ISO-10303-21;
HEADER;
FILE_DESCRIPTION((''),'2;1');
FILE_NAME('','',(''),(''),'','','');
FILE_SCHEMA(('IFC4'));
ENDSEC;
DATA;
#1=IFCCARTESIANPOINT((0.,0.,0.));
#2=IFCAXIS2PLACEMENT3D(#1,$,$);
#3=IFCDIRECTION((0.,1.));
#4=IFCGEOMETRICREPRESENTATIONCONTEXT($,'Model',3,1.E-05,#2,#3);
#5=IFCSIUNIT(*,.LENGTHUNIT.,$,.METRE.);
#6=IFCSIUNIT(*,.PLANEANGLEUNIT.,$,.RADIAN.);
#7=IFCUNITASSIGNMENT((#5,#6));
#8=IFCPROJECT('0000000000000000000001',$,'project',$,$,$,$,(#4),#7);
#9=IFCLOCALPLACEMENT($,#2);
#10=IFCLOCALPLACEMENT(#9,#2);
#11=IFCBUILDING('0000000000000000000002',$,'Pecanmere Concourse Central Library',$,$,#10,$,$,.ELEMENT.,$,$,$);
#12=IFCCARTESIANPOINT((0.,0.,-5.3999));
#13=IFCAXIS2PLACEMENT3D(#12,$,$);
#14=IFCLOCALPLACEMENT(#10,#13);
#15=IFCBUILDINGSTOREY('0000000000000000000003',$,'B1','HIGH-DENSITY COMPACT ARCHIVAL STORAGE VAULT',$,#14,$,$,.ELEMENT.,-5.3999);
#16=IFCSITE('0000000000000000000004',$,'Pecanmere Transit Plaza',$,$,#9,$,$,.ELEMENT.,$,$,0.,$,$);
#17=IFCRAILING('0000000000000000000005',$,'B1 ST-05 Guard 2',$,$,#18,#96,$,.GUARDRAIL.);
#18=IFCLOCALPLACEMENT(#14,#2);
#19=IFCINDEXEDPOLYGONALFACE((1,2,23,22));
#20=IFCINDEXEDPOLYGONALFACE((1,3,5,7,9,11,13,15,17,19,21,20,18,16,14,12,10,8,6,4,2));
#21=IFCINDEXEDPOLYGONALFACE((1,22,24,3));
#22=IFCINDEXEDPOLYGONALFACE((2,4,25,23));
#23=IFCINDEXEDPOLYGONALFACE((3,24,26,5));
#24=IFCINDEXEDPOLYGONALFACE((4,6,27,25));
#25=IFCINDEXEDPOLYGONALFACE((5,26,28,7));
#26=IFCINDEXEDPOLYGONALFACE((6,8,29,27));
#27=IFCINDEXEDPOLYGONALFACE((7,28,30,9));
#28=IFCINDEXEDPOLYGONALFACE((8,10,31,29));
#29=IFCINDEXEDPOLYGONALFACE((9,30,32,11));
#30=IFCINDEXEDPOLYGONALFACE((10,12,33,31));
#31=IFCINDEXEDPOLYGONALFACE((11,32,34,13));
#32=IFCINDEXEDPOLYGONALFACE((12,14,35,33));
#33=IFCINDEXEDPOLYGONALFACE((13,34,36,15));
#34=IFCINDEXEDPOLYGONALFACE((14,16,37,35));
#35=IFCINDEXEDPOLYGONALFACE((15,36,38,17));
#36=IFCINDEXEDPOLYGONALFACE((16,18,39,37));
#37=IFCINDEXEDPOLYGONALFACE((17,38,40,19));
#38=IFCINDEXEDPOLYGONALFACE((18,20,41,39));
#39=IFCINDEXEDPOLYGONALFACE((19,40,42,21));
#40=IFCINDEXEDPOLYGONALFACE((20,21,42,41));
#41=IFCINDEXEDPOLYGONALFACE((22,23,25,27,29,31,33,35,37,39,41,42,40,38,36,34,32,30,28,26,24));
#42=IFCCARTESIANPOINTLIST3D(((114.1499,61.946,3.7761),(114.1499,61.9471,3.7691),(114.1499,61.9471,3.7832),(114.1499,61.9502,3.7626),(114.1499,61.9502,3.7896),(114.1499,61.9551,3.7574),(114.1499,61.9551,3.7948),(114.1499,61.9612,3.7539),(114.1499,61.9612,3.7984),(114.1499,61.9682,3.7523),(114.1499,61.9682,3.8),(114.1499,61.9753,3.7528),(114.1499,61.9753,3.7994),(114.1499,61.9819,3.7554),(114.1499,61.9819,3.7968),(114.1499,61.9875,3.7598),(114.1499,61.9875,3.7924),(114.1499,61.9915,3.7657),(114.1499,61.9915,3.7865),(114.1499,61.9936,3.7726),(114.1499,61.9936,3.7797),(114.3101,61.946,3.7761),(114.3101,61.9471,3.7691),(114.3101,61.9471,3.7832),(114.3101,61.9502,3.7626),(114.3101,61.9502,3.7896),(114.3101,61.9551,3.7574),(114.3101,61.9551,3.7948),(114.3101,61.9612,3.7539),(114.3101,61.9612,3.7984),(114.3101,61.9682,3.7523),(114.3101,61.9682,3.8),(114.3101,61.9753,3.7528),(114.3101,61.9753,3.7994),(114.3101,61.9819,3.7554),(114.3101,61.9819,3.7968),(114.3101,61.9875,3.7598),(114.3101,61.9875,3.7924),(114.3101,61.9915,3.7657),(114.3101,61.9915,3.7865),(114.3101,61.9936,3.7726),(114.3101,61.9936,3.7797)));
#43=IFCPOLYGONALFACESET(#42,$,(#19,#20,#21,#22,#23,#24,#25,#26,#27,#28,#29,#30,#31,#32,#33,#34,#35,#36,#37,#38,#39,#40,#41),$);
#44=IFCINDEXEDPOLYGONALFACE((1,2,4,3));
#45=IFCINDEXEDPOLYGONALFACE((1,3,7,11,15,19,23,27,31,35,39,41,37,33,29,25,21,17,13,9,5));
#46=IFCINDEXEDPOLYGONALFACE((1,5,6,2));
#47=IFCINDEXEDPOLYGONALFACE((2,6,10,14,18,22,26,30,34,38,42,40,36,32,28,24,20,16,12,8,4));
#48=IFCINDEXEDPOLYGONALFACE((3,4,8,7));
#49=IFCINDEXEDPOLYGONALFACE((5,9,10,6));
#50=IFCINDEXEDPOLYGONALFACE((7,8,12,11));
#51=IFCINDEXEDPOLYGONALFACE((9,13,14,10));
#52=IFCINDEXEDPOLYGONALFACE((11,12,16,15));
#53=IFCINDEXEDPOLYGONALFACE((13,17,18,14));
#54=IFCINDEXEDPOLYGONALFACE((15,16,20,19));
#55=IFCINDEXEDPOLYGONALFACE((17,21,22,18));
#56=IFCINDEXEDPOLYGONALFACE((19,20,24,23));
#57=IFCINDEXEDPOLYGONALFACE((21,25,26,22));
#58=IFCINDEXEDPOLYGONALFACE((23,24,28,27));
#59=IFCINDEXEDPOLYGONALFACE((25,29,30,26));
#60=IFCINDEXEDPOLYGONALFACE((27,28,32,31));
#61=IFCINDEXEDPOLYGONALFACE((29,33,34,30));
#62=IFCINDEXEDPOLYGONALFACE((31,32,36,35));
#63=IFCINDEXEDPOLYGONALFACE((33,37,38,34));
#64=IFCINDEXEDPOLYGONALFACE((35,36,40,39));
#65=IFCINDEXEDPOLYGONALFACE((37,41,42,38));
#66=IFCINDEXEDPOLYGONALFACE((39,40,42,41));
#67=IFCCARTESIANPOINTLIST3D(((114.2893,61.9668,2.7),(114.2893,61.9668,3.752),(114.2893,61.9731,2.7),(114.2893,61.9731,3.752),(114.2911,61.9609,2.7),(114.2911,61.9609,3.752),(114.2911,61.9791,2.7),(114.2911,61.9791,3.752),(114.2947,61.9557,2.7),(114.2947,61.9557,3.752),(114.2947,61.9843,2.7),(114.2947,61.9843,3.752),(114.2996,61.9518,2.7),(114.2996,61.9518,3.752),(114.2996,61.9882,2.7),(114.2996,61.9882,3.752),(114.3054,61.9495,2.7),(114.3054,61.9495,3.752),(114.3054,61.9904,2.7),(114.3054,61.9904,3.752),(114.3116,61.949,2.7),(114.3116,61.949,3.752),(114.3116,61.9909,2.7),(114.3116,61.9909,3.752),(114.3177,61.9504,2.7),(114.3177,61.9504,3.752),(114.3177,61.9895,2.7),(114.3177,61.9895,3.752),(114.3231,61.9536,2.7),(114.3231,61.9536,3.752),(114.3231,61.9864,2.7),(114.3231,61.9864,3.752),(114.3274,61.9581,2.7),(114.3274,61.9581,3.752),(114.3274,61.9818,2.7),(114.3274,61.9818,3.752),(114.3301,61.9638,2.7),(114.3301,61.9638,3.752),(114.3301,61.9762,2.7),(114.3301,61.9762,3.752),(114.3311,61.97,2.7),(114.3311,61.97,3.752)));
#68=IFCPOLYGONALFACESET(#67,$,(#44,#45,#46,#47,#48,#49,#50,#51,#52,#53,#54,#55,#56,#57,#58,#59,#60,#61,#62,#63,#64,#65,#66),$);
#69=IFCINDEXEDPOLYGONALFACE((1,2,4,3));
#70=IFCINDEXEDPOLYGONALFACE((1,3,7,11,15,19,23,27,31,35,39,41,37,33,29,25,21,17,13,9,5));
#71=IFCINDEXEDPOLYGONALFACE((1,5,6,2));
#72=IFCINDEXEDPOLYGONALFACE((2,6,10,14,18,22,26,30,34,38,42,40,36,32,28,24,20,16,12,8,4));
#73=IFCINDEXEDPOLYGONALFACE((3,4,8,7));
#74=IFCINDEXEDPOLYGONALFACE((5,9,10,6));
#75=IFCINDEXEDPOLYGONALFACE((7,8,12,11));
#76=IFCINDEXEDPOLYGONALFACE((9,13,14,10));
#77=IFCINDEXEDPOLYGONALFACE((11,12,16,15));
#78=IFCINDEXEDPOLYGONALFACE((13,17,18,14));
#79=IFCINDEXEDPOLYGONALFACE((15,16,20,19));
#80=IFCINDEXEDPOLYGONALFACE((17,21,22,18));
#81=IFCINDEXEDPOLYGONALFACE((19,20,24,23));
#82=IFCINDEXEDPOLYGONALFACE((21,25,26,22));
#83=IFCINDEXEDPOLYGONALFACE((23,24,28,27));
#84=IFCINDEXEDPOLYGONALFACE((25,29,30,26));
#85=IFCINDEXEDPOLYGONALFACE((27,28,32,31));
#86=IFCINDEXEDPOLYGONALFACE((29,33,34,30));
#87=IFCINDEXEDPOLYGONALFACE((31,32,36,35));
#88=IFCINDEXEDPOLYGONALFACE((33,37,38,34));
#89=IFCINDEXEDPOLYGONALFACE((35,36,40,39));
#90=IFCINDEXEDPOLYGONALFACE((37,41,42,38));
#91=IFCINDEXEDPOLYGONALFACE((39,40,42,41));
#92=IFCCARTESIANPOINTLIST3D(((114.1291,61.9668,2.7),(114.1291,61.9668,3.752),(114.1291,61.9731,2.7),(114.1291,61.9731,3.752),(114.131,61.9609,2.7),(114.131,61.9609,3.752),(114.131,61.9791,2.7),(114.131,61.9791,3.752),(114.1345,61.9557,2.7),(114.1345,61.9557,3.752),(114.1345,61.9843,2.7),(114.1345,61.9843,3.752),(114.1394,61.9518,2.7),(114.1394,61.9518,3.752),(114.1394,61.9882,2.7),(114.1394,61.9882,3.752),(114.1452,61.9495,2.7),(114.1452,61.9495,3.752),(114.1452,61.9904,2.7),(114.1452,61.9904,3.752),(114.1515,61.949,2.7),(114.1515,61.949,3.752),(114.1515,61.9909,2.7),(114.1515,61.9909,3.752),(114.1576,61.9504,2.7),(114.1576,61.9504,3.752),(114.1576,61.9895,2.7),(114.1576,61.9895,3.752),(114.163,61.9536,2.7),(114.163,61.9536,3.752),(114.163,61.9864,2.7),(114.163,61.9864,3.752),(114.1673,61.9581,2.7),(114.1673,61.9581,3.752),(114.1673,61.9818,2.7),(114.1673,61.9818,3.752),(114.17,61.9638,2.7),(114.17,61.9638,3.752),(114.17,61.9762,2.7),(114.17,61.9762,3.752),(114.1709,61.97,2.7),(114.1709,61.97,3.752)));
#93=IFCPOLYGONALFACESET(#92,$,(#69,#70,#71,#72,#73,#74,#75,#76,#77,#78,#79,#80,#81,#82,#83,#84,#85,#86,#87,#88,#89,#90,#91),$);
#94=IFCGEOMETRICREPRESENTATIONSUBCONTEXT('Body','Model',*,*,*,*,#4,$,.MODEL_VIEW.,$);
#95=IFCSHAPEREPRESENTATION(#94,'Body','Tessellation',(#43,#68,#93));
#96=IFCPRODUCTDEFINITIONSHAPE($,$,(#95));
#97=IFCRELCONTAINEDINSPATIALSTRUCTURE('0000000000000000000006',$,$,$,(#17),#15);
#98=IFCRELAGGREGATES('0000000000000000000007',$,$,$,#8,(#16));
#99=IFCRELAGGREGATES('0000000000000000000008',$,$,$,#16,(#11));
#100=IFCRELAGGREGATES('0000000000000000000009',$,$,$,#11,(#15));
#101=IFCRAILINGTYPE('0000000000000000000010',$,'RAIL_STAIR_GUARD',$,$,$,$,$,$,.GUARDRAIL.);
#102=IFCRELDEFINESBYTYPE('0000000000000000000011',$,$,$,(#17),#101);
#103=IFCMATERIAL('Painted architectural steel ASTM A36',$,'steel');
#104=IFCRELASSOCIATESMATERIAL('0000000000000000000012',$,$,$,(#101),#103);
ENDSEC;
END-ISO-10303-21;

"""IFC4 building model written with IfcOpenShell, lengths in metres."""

from ifc_helpers import new_model, si_unit, direction, frame, origin, origin_2d, place, context, subcontext, project, spatial, circle, extrude, material, type_object, element, save


model = new_model("IFC4")

# Units and contexts
model_context = context("Model", 3, precision=1e-05, world=origin(), true_north=direction((0.0, 1.0)))
body_context = subcontext(model_context, "Body", "Model", "MODEL_VIEW")
ifc_project = project(units=[si_unit("LENGTHUNIT", "METRE"), si_unit("PLANEANGLEUNIT", "RADIAN")], contexts=[model_context])

# Site, building, storey
site_placement = place(None, origin())
site = spatial("IfcSite", under=ifc_project, at=site_placement, Name="Pecanmere Transit Plaza", CompositionType="ELEMENT", RefElevation=0.0)
building_placement = place(site_placement, origin())
building = spatial("IfcBuilding", under=site, at=building_placement, Name="Pecanmere Concourse Central Library", CompositionType="ELEMENT")
storey_placement = place(building_placement, frame((0.0, 0.0, -5.3999)))
storey = spatial("IfcBuildingStorey", under=building, at=storey_placement, Name="B1", Description="HIGH-DENSITY COMPACT ARCHIVAL STORAGE VAULT", CompositionType="ELEMENT", Elevation=-5.3999)

# Railing
ifc_material_1 = material(Name="Painted architectural steel ASTM A36", Category="steel")
railing_type_1 = type_object("IfcRailingType", Name="RAIL_STAIR_GUARD", PredefinedType="GUARDRAIL", material=ifc_material_1)
railing_1_placement = place(storey_placement, frame((114.3101, 61.97, 2.7)))
element("IfcRailing", 1, at=railing_1_placement, inside=storey, type_object=railing_type_1, Name="B1 ST-05 Guard 2", PredefinedType="GUARDRAIL", context=body_context, shape_type="SweptSolid", body=[
    extrude(circle(Radius=0.0239, at=origin_2d()), frame((0.0, 0.0, 1.0762), z_axis=(-1.0, 0.0, 0.0), x_axis=(0.0, -1.0, 0.0)), (0.0, 0.0, 1.0), 0.1602),
    extrude(circle(Radius=0.021, at=origin_2d()), origin(), (0.0, 0.0, 1.0), 1.052),
    extrude(circle(Radius=0.021, at=origin_2d()), frame((-0.1602, 0.0, 0.0)), (0.0, 0.0, 1.0), 1.052),
])

save(model, "model.ifc")
